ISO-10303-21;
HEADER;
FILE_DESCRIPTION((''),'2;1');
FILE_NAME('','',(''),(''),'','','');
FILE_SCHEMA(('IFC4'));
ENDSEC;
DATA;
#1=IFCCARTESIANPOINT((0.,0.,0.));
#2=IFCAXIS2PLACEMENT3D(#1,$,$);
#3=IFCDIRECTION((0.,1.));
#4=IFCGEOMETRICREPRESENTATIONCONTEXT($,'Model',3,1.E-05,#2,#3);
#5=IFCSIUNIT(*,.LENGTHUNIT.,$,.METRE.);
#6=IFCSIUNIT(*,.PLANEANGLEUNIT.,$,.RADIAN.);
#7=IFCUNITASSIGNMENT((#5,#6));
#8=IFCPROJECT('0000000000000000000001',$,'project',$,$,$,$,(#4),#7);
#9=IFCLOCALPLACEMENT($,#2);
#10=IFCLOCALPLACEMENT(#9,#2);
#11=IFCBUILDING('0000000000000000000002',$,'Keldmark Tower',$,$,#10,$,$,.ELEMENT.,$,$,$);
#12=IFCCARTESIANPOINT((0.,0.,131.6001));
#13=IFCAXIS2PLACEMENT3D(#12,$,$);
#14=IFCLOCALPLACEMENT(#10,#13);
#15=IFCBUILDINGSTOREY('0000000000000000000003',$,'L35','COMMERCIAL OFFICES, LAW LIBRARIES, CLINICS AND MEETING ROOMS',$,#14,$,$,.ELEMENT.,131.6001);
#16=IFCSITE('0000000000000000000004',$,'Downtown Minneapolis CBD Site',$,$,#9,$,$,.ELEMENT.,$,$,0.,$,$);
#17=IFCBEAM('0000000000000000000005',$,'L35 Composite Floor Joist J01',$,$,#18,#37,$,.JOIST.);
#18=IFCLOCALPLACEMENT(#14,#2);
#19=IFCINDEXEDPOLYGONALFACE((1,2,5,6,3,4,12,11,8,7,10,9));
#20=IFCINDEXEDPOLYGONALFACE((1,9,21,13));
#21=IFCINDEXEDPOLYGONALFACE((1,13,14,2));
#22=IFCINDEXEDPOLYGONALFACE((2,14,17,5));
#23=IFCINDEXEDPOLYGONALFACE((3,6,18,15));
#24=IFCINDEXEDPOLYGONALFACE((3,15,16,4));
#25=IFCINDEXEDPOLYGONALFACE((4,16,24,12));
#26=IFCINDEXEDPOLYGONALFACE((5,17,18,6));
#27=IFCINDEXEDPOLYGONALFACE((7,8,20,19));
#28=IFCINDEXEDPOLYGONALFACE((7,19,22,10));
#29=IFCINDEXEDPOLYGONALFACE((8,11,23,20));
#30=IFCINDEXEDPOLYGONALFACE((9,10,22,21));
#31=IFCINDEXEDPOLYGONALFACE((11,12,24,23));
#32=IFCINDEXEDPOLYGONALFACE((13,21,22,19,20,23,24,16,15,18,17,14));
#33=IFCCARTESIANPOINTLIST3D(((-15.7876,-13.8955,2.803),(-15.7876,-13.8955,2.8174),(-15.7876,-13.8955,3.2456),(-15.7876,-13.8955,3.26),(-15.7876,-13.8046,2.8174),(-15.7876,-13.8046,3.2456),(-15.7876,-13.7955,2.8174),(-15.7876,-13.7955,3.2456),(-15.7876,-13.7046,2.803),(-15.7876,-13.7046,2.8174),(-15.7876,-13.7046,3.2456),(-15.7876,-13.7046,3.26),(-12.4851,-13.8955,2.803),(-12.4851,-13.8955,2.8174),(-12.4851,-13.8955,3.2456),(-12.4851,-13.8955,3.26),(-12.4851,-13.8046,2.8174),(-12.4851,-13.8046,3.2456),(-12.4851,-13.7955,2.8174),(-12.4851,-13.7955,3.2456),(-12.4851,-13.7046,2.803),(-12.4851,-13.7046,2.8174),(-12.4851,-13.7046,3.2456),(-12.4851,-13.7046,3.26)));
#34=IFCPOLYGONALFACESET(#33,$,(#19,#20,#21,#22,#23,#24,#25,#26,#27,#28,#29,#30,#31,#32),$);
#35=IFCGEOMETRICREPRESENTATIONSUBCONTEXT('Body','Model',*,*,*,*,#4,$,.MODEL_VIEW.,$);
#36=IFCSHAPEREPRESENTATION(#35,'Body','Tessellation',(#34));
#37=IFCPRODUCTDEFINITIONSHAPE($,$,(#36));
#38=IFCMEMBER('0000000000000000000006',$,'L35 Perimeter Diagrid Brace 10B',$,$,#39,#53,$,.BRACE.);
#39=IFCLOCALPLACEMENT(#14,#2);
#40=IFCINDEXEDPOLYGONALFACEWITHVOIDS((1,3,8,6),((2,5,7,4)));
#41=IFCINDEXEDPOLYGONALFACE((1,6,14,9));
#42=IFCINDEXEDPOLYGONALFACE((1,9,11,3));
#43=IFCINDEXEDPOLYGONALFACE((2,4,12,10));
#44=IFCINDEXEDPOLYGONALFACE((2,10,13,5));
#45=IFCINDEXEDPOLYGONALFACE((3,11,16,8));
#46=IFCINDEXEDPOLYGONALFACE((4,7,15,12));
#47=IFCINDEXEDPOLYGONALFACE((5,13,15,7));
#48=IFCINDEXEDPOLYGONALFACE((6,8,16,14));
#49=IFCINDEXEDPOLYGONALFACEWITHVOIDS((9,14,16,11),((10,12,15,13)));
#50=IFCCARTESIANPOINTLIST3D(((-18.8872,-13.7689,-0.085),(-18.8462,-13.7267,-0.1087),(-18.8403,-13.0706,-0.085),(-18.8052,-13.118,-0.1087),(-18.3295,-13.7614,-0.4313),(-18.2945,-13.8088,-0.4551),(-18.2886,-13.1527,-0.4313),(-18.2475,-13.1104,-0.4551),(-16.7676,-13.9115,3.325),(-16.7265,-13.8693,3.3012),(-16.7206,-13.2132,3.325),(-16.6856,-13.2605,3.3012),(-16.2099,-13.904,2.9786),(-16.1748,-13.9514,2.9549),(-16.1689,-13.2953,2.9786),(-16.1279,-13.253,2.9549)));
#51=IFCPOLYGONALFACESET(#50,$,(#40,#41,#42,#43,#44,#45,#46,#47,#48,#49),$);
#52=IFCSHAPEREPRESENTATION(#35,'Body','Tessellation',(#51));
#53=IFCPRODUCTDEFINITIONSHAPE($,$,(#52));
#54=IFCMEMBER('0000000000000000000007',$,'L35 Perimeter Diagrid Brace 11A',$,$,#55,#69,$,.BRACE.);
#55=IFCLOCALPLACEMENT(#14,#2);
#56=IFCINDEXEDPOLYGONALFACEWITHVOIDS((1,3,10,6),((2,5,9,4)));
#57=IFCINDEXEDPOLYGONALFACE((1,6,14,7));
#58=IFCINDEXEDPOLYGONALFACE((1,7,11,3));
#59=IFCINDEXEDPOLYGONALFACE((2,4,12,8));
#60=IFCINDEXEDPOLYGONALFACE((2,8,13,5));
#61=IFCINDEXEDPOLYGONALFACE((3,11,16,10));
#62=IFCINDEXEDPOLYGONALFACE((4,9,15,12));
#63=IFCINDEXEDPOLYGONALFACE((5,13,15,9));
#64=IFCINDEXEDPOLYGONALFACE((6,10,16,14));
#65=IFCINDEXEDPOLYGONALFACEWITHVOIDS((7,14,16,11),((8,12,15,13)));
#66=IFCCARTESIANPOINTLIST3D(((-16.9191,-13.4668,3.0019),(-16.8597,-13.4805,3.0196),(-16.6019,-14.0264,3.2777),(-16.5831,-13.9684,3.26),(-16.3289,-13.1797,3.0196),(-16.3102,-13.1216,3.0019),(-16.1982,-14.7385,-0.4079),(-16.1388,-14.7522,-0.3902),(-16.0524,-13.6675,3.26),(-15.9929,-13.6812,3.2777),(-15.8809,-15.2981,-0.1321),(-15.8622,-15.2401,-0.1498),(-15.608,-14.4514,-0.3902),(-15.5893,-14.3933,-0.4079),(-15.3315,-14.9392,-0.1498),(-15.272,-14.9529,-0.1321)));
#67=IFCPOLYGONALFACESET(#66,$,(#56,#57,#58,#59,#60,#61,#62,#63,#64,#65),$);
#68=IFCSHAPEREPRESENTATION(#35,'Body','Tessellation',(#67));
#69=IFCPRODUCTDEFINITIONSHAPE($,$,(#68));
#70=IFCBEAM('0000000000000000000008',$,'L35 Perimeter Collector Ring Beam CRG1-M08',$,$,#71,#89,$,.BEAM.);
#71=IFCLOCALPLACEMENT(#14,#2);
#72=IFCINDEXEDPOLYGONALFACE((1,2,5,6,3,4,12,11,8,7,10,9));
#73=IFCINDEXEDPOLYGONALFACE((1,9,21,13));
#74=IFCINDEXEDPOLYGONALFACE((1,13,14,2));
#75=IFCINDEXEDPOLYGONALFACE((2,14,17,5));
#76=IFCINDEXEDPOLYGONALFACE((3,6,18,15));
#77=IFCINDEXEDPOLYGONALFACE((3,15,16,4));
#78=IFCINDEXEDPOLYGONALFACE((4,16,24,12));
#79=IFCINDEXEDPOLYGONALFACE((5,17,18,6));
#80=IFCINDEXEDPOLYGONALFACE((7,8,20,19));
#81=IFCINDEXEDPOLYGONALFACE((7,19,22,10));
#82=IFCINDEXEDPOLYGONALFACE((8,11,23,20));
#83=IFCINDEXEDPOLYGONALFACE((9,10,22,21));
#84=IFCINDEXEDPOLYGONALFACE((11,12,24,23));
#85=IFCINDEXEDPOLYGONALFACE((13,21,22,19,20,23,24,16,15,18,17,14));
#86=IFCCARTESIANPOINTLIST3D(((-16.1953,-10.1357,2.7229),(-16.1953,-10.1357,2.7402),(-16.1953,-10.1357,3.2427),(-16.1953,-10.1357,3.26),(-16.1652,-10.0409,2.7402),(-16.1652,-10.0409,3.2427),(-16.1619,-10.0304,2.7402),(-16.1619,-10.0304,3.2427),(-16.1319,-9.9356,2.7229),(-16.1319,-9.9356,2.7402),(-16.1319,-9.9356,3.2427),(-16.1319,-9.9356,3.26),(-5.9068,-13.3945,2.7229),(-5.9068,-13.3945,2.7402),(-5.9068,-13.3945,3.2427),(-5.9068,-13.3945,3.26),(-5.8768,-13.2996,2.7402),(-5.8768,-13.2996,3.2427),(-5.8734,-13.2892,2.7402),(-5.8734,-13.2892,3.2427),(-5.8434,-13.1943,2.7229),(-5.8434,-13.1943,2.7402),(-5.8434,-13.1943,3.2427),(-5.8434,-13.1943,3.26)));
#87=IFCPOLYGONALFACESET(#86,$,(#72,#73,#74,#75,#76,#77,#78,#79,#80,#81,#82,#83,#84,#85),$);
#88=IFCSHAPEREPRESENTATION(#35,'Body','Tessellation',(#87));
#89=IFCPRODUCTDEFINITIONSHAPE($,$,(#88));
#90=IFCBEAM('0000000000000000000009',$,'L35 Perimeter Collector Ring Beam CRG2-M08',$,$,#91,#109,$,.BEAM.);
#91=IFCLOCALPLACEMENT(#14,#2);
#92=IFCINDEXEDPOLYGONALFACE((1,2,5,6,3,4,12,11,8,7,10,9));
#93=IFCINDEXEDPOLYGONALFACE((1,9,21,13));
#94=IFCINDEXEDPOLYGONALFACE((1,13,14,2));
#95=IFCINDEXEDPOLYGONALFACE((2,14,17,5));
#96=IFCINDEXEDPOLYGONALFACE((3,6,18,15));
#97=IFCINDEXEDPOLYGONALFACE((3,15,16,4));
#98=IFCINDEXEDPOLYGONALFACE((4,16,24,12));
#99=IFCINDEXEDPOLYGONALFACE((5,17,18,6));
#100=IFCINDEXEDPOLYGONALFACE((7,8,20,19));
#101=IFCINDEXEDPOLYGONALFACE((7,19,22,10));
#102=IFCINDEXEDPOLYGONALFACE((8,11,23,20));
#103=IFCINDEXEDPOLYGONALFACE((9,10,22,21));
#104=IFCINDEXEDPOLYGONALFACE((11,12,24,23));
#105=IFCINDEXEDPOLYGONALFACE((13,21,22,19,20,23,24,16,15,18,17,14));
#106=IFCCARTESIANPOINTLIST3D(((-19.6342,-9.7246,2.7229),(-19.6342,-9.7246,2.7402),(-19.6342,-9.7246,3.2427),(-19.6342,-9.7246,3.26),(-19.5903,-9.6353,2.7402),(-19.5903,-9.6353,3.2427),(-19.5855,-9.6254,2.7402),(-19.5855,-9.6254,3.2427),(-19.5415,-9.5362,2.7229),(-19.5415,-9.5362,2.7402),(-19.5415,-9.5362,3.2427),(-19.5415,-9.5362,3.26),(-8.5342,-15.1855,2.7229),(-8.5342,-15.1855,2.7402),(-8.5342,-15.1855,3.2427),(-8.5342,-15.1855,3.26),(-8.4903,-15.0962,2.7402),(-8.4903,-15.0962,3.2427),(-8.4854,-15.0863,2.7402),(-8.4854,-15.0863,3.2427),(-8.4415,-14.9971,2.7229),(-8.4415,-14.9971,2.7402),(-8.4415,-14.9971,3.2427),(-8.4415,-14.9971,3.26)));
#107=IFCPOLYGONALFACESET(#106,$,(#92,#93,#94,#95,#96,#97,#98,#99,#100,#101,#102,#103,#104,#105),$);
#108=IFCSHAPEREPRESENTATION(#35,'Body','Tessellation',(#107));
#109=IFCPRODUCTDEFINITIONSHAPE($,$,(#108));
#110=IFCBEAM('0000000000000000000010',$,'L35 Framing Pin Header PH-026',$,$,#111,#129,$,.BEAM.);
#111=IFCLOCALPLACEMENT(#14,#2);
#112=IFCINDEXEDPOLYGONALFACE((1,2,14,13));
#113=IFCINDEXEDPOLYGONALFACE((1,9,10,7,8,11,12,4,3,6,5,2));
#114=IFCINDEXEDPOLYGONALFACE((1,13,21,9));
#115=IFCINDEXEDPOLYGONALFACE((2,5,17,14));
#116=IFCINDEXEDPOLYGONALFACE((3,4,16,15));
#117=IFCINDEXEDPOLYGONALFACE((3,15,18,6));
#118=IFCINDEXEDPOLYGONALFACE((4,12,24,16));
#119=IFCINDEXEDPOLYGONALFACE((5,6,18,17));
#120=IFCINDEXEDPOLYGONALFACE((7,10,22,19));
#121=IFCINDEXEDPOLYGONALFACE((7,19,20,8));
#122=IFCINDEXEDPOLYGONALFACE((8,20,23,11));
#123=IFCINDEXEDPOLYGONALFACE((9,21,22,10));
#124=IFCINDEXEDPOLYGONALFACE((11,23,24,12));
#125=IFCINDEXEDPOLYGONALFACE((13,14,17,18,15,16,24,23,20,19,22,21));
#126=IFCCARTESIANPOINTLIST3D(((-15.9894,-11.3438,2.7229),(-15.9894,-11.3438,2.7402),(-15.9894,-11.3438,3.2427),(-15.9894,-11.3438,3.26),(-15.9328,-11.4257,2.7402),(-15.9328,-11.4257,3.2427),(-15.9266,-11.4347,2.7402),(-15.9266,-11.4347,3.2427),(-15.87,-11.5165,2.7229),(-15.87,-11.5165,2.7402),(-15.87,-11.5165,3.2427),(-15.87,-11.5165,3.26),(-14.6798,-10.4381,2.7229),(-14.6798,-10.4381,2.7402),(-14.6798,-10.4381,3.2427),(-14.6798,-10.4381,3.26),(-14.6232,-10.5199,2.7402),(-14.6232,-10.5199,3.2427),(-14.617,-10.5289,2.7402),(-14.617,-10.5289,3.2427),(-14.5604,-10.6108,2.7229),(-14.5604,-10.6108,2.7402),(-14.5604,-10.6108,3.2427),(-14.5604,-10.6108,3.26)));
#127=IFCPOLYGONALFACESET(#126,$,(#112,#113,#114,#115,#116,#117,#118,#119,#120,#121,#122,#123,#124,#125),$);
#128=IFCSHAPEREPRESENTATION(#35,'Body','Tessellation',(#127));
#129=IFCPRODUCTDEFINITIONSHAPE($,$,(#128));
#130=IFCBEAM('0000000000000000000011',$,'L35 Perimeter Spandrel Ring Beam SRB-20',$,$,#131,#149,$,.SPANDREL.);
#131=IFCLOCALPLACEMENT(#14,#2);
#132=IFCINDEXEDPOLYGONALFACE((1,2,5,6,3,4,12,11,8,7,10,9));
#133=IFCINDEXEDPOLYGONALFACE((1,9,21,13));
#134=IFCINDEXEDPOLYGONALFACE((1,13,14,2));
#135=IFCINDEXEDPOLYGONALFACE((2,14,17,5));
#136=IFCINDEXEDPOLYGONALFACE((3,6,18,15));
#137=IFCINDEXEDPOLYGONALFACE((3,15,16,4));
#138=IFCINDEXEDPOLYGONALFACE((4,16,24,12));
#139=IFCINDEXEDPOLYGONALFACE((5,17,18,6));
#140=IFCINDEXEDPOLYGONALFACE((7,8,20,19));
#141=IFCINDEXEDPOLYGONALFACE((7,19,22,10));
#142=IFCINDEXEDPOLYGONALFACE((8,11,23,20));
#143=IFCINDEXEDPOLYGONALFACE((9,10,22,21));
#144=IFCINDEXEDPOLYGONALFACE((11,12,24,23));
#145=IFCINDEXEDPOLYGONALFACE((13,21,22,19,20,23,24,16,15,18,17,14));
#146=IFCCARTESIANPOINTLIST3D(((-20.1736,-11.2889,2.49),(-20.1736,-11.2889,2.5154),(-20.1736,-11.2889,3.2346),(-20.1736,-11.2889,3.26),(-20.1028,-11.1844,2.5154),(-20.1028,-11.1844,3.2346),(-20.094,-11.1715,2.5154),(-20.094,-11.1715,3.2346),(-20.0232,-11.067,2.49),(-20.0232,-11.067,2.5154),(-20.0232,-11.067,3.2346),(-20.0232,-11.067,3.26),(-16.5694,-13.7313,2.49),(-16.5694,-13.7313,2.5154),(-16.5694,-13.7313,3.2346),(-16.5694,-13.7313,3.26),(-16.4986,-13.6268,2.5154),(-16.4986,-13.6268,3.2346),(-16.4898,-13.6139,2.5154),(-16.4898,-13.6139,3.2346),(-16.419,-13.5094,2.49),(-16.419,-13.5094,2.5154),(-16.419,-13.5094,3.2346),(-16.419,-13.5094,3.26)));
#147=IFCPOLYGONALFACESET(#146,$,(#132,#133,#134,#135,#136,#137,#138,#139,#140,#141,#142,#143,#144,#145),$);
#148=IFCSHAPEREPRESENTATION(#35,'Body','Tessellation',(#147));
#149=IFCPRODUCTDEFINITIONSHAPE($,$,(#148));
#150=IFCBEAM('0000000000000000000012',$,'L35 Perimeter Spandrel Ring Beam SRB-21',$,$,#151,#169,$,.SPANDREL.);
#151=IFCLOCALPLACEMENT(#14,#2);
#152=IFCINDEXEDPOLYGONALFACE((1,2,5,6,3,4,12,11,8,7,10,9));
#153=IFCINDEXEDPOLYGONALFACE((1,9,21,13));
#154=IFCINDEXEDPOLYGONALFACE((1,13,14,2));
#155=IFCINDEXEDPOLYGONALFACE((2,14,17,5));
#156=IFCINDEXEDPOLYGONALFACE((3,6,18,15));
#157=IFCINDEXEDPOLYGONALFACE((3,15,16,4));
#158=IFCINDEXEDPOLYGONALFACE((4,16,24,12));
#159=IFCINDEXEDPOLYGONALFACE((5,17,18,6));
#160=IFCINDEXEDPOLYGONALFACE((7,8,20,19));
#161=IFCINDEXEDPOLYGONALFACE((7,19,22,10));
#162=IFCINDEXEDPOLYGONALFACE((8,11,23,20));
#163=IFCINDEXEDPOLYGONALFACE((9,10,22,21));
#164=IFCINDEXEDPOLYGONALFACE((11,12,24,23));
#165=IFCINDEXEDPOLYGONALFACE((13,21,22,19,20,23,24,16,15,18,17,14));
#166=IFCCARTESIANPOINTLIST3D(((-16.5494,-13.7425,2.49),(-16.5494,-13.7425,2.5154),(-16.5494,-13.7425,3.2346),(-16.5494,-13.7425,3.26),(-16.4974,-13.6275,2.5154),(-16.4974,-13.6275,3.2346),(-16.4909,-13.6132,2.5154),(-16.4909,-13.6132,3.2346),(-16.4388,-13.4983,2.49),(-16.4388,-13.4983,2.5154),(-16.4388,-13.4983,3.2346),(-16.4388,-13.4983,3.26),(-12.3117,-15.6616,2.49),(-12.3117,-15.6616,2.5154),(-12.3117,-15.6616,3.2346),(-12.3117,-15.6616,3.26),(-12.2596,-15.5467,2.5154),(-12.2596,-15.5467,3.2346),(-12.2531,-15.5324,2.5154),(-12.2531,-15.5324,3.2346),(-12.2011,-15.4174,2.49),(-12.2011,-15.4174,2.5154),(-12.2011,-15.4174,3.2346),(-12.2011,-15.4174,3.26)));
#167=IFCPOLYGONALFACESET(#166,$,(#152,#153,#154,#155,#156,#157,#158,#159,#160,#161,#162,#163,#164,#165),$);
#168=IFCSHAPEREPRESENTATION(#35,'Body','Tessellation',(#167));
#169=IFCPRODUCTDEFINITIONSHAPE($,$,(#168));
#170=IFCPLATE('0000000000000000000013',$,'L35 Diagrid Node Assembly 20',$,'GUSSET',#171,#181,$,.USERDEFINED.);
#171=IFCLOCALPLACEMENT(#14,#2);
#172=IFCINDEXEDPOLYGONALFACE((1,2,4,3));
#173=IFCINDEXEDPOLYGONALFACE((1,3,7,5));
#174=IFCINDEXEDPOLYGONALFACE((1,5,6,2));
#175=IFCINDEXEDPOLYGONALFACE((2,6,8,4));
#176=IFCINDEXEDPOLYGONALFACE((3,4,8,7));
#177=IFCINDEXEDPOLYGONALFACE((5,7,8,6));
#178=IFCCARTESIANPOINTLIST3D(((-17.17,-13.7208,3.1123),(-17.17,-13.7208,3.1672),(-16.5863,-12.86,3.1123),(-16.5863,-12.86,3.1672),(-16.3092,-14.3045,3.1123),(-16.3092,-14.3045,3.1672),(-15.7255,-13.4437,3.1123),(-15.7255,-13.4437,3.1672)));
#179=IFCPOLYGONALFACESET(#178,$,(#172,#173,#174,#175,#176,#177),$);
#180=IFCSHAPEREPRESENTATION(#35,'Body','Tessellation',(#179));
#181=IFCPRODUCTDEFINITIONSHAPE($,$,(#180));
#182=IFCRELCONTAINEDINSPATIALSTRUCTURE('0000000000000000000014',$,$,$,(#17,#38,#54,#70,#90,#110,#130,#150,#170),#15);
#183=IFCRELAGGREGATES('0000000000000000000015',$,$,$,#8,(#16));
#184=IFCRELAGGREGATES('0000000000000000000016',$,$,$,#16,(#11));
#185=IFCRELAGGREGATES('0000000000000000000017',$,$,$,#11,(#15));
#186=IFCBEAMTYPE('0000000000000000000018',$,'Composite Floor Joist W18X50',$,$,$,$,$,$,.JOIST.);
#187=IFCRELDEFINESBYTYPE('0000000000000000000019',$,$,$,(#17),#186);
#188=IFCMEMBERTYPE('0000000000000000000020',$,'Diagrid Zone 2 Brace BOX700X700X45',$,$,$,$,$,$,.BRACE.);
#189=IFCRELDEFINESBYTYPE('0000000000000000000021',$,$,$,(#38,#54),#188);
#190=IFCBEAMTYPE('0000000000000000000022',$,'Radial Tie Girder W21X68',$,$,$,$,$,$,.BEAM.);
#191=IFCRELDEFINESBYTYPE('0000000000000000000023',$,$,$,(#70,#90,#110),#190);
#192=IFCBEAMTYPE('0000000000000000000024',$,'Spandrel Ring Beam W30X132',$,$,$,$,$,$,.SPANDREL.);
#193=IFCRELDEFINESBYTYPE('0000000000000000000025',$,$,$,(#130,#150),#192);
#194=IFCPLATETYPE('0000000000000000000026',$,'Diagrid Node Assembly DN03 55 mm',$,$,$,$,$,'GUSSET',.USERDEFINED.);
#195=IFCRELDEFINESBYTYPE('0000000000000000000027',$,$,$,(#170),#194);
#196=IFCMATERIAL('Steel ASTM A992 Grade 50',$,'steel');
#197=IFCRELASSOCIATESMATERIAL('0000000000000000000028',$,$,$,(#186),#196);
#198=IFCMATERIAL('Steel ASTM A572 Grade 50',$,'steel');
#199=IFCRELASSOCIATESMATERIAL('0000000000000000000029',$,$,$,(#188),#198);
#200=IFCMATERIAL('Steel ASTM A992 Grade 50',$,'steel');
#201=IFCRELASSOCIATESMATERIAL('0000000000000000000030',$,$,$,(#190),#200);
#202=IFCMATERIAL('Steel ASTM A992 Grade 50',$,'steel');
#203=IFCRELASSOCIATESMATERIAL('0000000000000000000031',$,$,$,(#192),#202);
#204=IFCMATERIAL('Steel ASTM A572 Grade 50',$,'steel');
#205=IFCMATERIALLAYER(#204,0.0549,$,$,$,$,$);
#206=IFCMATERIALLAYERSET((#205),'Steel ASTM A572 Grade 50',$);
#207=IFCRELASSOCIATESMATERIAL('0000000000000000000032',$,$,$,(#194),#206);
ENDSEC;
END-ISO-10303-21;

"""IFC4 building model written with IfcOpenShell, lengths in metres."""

from ifc_helpers import new_model, si_unit, direction, frame, origin, origin_2d, place, context, subcontext, project, spatial, rectangle, hollow_rectangle, i_section, extrude, material, layer, layer_set, material_profile, profile_set, type_object, element, save


model = new_model("IFC4")

# Units and contexts
model_context = context("Model", 3, precision=1e-05, world=origin(), true_north=direction((0.0, 1.0)))
body_context = subcontext(model_context, "Body", "Model", "MODEL_VIEW")
ifc_project = project(units=[si_unit("LENGTHUNIT", "METRE"), si_unit("PLANEANGLEUNIT", "RADIAN")], contexts=[model_context])

# Site, building, storey
site_placement = place(None, origin())
site = spatial("IfcSite", under=ifc_project, at=site_placement, Name="Downtown Minneapolis CBD Site", CompositionType="ELEMENT", RefElevation=0.0)
building_placement = place(site_placement, origin())
building = spatial("IfcBuilding", under=site, at=building_placement, Name="Keldmark Tower", CompositionType="ELEMENT")
storey_placement = place(building_placement, frame((0.0, 0.0, 131.6001)))
storey = spatial("IfcBuildingStorey", under=building, at=storey_placement, Name="L35", Description="COMMERCIAL OFFICES, LAW LIBRARIES, CLINICS AND MEETING ROOMS", CompositionType="ELEMENT", Elevation=131.6001)

# Beam
ifc_material_1 = material(Name="Steel ASTM A992 Grade 50", Category="steel")
ifc_material_profile_1 = material_profile(ifc_material_1, i_section(OverallWidth=0.1909, OverallDepth=0.457, WebThickness=0.009, FlangeThickness=0.0144, at=origin_2d()), Name="W18X50")
ifc_profile_set_1 = profile_set([ifc_material_profile_1], Name="Steel ASTM A992 Grade 50")
beam_type_1 = type_object("IfcBeamType", Name="Composite Floor Joist W18X50", PredefinedType="JOIST", material=ifc_profile_set_1)
beam_1_placement = place(storey_placement, frame((-15.7876, -13.8, 3.0315), z_axis=(1.0, 0.0, 0.0), x_axis=(0.0, 1.0, 0.0)))
element("IfcBeam", 1, at=beam_1_placement, inside=storey, type_object=beam_type_1, Name="L35 Composite Floor Joist J01", PredefinedType="JOIST", context=body_context, shape_type="SweptSolid", body=[
    extrude(i_section(OverallWidth=0.1909, OverallDepth=0.457, WebThickness=0.009, FlangeThickness=0.0144, at=origin_2d()), origin(), (0.0, 0.0, 1.0), 3.3025),
])

# Members
ifc_material_2 = material(Name="Steel ASTM A572 Grade 50", Category="steel")
ifc_material_profile_2 = material_profile(ifc_material_2, hollow_rectangle(XDim=0.7, YDim=0.7, WallThickness=0.0449, at=origin_2d()), Name="BOX700X700X45")
ifc_profile_set_2 = profile_set([ifc_material_profile_2], Name="Steel ASTM A572 Grade 50")
member_type = type_object("IfcMemberType", Name="Diagrid Zone 2 Brace BOX700X700X45", PredefinedType="BRACE", material=ifc_profile_set_2)
member_1_placement = place(storey_placement, frame((-18.5674, -13.4397, -0.27), z_axis=(0.527593, -0.035489, 0.848755), x_axis=(0.067114, 0.997745, 0.0)))
element("IfcMember", 2, at=member_1_placement, inside=storey, type_object=member_type, Name="L35 Perimeter Diagrid Brace 10B", PredefinedType="BRACE", context=body_context, shape_type="SweptSolid", body=[
    extrude(hollow_rectangle(XDim=0.7, YDim=0.7, WallThickness=0.0449, at=origin_2d()), origin(), (0.0, 0.0, 1.0), 4.0176),
])
member_2_placement = place(storey_placement, frame((-15.7351, -14.8457, -0.27), z_axis=(-0.194322, 0.342778, 0.919098), x_axis=(-0.869934, -0.493168, 0.0)))
element("IfcMember", 3, at=member_2_placement, inside=storey, type_object=member_type, Name="L35 Perimeter Diagrid Brace 11A", PredefinedType="BRACE", context=body_context, shape_type="SweptSolid", body=[
    extrude(hollow_rectangle(XDim=0.7, YDim=0.7, WallThickness=0.0449, at=origin_2d()), origin(), (0.0, 0.0, 1.0), 3.71),
])

# Beams
ifc_material_3 = material(Name="Steel ASTM A992 Grade 50", Category="steel")
ifc_material_profile_3 = material_profile(ifc_material_3, i_section(OverallWidth=0.21, OverallDepth=0.5371, WebThickness=0.011, FlangeThickness=0.0173, at=origin_2d()), Name="W21X68")
ifc_profile_set_3 = profile_set([ifc_material_profile_3], Name="Steel ASTM A992 Grade 50")
beam_type_2 = type_object("IfcBeamType", Name="Radial Tie Girder W21X68", PredefinedType="BEAM", material=ifc_profile_set_3)
beam_2_placement = place(storey_placement, frame((-16.1636, -10.0356, 2.9915), z_axis=(0.953322, -0.301954, 0.0), x_axis=(0.301954, 0.953322, 0.0)))
element("IfcBeam", 4, at=beam_2_placement, inside=storey, type_object=beam_type_2, Name="L35 Perimeter Collector Ring Beam CRG1-M08", PredefinedType="BEAM", context=body_context, shape_type="SweptSolid", body=[
    extrude(i_section(OverallWidth=0.21, OverallDepth=0.5371, WebThickness=0.011, FlangeThickness=0.0173, at=origin_2d()), origin(), (0.0, 0.0, 1.0), 10.7922),
])
beam_3_placement = place(storey_placement, frame((-19.5879, -9.6304, 2.9915), z_axis=(0.89729, -0.441442, 0.0), x_axis=(0.441442, 0.89729, 0.0)))
element("IfcBeam", 5, at=beam_3_placement, inside=storey, type_object=beam_type_2, Name="L35 Perimeter Collector Ring Beam CRG2-M08", PredefinedType="BEAM", context=body_context, shape_type="SweptSolid", body=[
    extrude(i_section(OverallWidth=0.21, OverallDepth=0.5371, WebThickness=0.011, FlangeThickness=0.0173, at=origin_2d()), origin(), (0.0, 0.0, 1.0), 12.3706),
])
beam_4_placement = place(storey_placement, frame((-14.6201, -10.5244, 2.9915), z_axis=(-0.822446, -0.568843, 0.0), x_axis=(0.568843, -0.822446, 0.0)))
element("IfcBeam", 6, at=beam_4_placement, inside=storey, type_object=beam_type_2, Name="L35 Framing Pin Header PH-026", PredefinedType="BEAM", context=body_context, shape_type="SweptSolid", body=[
    extrude(i_section(OverallWidth=0.21, OverallDepth=0.5371, WebThickness=0.011, FlangeThickness=0.0173, at=origin_2d()), origin(), (0.0, 0.0, 1.0), 1.5923),
])
ifc_material_4 = material(Name="Steel ASTM A992 Grade 50", Category="steel")
ifc_material_profile_4 = material_profile(ifc_material_4, i_section(OverallWidth=0.2681, OverallDepth=0.77, WebThickness=0.0156, FlangeThickness=0.0254, at=origin_2d()), Name="W30X132")
ifc_profile_set_4 = profile_set([ifc_material_profile_4], Name="Steel ASTM A992 Grade 50")
beam_type_3 = type_object("IfcBeamType", Name="Spandrel Ring Beam W30X132", PredefinedType="SPANDREL", material=ifc_profile_set_4)
beam_5_placement = place(storey_placement, frame((-20.0984, -11.178, 2.875), z_axis=(0.827834, -0.560973, 0.0), x_axis=(0.560973, 0.827834, 0.0)))
element("IfcBeam", 7, at=beam_5_placement, inside=storey, type_object=beam_type_3, Name="L35 Perimeter Spandrel Ring Beam SRB-20", PredefinedType="SPANDREL", context=body_context, shape_type="SweptSolid", body=[
    extrude(i_section(OverallWidth=0.2681, OverallDepth=0.77, WebThickness=0.0156, FlangeThickness=0.0254, at=origin_2d()), origin(), (0.0, 0.0, 1.0), 4.3538),
])
beam_6_placement = place(storey_placement, frame((-16.4941, -13.6204, 2.875), z_axis=(0.910939, -0.412541, 0.0), x_axis=(0.412541, 0.910939, 0.0)))
element("IfcBeam", 8, at=beam_6_placement, inside=storey, type_object=beam_type_3, Name="L35 Perimeter Spandrel Ring Beam SRB-21", PredefinedType="SPANDREL", context=body_context, shape_type="SweptSolid", body=[
    extrude(i_section(OverallWidth=0.2681, OverallDepth=0.77, WebThickness=0.0156, FlangeThickness=0.0254, at=origin_2d()), origin(), (0.0, 0.0, 1.0), 4.6521),
])

# Plate
ifc_material_5 = material(Name="Steel ASTM A572 Grade 50", Category="steel")
ifc_layer_1 = layer(ifc_material_5, 0.0549)
ifc_layer_set_1 = layer_set([ifc_layer_1], Name="Steel ASTM A572 Grade 50")
plate_type = type_object("IfcPlateType", Name="Diagrid Node Assembly DN03 55 mm", ElementType="GUSSET", PredefinedType="USERDEFINED", material=ifc_layer_set_1)
plate_placement = place(storey_placement, frame((-16.4478, -13.5823, 3.1123), z_axis=(0.0, 0.0, 1.0), x_axis=(0.827669, -0.561217, 0.0)))
element("IfcPlate", 9, at=plate_placement, inside=storey, type_object=plate_type, Name="L35 Diagrid Node Assembly 20", ObjectType="GUSSET", PredefinedType="USERDEFINED", context=body_context, shape_type="SweptSolid", body=[
    extrude(rectangle(XDim=1.04, YDim=1.04, at=origin_2d()), origin(), (0.0, 0.0, 1.0), 0.0549),
])

save(model, "model.ifc")
